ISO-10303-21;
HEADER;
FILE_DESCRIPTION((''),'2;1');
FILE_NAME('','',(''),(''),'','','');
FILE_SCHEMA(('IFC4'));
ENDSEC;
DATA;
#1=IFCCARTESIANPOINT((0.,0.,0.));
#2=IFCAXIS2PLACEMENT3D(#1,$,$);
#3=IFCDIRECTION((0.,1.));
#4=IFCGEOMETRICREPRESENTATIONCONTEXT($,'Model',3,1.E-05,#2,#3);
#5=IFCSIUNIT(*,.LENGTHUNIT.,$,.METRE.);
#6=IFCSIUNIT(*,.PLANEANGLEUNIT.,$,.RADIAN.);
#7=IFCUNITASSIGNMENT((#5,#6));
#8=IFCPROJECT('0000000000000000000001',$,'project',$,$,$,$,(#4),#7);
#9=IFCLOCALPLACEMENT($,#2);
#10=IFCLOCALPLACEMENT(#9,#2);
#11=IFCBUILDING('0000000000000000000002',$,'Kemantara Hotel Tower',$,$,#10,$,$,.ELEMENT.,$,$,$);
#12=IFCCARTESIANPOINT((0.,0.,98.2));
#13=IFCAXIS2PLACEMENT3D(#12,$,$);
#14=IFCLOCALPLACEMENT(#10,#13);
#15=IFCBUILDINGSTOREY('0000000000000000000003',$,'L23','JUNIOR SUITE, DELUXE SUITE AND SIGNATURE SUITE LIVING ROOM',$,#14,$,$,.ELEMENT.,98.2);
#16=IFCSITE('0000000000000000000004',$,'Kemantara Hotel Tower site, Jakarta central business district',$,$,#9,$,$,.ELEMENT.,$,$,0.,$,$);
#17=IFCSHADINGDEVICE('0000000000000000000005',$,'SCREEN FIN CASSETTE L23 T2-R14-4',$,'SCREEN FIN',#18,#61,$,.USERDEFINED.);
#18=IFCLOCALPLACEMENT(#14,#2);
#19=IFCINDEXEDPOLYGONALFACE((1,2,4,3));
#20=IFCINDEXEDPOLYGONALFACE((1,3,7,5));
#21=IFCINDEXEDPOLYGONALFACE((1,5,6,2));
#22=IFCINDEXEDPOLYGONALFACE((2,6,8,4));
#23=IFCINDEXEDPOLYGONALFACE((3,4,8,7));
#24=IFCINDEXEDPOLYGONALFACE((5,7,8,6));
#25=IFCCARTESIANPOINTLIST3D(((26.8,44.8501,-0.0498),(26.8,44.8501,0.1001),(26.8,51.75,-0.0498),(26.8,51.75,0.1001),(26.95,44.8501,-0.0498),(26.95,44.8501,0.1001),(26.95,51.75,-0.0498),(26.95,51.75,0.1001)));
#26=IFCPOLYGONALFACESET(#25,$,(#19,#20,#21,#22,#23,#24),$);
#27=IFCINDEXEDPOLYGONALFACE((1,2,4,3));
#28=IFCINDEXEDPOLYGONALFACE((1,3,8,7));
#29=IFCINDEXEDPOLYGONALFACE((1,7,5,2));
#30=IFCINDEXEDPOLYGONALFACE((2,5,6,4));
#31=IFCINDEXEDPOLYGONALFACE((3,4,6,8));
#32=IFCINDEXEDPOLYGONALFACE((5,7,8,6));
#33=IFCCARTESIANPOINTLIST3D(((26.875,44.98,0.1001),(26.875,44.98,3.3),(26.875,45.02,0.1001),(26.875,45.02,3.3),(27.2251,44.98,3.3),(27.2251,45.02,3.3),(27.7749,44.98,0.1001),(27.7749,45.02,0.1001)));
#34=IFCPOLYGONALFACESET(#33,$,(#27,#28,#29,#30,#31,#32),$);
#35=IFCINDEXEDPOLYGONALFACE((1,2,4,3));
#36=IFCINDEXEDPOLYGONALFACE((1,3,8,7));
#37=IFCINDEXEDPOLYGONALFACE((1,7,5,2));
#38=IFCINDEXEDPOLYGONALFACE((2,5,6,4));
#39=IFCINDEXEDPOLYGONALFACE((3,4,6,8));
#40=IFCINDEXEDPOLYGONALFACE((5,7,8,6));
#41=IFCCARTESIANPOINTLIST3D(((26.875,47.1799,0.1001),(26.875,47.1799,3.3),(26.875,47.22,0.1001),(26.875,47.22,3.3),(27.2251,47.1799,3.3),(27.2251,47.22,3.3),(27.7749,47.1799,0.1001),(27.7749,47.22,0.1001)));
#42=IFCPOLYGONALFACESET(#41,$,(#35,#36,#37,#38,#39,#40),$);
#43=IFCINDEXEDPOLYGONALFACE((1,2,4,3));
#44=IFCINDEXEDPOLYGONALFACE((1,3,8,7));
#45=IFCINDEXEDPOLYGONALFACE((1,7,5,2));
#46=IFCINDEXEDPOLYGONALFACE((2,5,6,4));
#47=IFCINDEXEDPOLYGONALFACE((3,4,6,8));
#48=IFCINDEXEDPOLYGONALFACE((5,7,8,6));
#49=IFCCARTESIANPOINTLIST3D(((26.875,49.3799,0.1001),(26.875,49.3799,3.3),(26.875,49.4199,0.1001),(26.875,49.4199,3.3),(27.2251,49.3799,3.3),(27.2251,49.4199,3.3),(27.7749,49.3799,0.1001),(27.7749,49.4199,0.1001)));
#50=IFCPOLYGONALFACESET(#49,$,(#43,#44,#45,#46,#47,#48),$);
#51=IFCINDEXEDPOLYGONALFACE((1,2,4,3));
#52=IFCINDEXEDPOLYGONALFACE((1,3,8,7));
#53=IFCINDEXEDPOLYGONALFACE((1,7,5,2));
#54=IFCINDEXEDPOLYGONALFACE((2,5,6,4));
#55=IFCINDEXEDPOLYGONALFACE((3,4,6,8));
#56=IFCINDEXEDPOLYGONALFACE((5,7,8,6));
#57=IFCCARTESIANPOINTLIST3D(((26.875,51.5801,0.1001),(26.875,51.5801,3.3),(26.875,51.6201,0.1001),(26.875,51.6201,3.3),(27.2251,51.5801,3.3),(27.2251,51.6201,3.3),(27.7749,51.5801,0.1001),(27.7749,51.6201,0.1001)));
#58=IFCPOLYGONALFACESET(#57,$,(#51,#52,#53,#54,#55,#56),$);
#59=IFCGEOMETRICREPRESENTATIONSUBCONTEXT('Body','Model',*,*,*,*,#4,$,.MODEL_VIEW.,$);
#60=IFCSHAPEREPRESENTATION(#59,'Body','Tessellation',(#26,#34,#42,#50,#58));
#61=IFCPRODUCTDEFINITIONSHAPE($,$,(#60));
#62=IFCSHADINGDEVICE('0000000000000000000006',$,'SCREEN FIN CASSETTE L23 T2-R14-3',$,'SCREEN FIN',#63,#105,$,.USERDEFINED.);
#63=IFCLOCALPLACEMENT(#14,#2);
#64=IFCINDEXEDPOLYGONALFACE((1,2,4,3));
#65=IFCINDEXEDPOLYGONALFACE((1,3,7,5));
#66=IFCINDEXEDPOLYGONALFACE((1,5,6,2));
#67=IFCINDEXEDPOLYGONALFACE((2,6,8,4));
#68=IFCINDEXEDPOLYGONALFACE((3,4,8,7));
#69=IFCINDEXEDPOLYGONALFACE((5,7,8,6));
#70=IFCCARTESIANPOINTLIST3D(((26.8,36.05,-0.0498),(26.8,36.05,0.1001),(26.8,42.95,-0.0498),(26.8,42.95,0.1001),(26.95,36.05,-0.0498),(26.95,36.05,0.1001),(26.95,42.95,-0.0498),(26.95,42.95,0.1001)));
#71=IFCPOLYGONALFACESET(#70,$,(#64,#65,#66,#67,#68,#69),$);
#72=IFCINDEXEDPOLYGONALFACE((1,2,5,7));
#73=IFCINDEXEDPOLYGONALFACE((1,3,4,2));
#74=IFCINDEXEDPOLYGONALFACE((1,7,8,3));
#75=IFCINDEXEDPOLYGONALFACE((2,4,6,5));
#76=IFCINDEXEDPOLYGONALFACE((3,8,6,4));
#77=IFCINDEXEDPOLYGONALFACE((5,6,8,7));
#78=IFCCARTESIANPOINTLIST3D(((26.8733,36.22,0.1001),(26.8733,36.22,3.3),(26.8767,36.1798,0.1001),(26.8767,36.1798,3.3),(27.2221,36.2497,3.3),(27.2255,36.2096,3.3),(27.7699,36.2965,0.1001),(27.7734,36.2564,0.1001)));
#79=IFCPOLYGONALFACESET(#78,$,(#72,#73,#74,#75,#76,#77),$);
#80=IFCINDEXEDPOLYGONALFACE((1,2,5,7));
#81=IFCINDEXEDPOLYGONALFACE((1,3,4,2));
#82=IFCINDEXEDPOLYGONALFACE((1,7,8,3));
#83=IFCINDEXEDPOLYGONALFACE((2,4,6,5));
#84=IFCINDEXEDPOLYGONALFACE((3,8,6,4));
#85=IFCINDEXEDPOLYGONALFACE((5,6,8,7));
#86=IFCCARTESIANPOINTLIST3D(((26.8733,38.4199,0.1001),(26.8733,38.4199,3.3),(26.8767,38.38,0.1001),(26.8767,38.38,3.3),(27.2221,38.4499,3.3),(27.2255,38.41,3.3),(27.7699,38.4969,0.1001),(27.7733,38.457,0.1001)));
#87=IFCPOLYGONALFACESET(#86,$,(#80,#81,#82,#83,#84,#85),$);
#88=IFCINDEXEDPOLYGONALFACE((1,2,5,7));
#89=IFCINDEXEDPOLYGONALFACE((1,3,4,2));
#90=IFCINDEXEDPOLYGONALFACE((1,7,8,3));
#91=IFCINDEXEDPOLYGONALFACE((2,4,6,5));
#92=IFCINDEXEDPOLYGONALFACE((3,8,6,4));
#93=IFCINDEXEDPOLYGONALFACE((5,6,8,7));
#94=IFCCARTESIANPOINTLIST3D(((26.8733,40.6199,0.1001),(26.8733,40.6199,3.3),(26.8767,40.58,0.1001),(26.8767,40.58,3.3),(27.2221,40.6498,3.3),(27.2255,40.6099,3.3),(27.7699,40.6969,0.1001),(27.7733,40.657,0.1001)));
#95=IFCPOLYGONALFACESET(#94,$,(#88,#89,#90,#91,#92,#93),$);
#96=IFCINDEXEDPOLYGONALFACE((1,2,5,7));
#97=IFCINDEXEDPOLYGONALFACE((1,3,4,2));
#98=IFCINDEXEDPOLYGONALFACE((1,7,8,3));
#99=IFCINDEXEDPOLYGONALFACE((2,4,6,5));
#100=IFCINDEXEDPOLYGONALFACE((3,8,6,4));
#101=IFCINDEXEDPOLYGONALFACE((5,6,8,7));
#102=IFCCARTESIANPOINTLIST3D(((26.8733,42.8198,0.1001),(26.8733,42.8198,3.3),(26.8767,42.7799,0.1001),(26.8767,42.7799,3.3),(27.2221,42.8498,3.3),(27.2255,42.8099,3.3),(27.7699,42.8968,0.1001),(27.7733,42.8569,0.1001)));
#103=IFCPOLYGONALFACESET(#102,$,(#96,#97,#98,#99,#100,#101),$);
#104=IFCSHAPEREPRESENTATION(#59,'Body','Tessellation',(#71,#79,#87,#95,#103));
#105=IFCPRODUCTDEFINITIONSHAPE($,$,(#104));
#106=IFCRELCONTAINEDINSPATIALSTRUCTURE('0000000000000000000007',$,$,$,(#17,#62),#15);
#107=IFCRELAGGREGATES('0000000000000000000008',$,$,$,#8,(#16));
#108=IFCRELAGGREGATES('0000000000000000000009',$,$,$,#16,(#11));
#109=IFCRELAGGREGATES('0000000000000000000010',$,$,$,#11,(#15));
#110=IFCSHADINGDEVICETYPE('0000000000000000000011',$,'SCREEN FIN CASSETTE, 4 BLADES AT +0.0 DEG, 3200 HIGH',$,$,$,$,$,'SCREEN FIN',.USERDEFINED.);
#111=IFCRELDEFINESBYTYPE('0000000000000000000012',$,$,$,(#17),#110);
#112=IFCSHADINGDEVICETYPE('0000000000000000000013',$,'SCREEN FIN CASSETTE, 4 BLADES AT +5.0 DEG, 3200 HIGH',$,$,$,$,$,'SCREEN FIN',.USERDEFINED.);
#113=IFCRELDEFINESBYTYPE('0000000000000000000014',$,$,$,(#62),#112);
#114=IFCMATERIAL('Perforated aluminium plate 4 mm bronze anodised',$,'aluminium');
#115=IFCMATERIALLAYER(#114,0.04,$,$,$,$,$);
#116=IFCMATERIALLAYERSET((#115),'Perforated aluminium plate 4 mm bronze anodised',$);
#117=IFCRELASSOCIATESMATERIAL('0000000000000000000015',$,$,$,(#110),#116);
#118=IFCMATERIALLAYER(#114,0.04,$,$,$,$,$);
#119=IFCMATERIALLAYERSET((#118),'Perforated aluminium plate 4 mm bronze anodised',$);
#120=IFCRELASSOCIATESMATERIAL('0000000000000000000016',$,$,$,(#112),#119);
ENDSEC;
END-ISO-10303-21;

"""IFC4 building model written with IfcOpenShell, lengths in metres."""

from ifc_helpers import new_model, si_unit, direction, frame, origin, origin_2d, place, context, subcontext, project, spatial, polyline, rectangle, outline, extrude, source, transform, mapped, material, layer, layer_set, type_object, element, save


model = new_model("IFC4")

# Units and contexts
model_context = context("Model", 3, precision=1e-05, world=origin(), true_north=direction((0.0, 1.0)))
body_context = subcontext(model_context, "Body", "Model", "MODEL_VIEW")
ifc_project = project(units=[si_unit("LENGTHUNIT", "METRE"), si_unit("PLANEANGLEUNIT", "RADIAN")], contexts=[model_context])

# Site, building, storey
site_placement = place(None, origin())
site = spatial("IfcSite", under=ifc_project, at=site_placement, Name="Kemantara Hotel Tower site, Jakarta central business district", CompositionType="ELEMENT", RefElevation=0.0)
building_placement = place(site_placement, origin())
building = spatial("IfcBuilding", under=site, at=building_placement, Name="Kemantara Hotel Tower", CompositionType="ELEMENT")
storey_placement = place(building_placement, frame((0.0, 0.0, 98.2)))
storey = spatial("IfcBuildingStorey", under=building, at=storey_placement, Name="L23", Description="JUNIOR SUITE, DELUXE SUITE AND SIGNATURE SUITE LIVING ROOM", CompositionType="ELEMENT", Elevation=98.2)

# Shading devices
ifc_material_1 = material(Name="Perforated aluminium plate 4 mm bronze anodised", Category="aluminium")
ifc_layer_1 = layer(ifc_material_1, 0.04)
ifc_layer_set_1 = layer_set([ifc_layer_1], Name="Perforated aluminium plate 4 mm bronze anodised")
shading_device_type_1 = type_object("IfcShadingDeviceType", Name="SCREEN FIN CASSETTE, 4 BLADES AT +0.0 DEG, 3200 HIGH", ElementType="SCREEN FIN", PredefinedType="USERDEFINED", material=ifc_layer_set_1)
shared_shape_1 = source(origin(), body_context, "Body", "SweptSolid", [
    extrude(rectangle(XDim=6.8999, YDim=0.1499, at=origin_2d()), frame((3.3, -0.075, -0.1499), z_axis=(0.0, 0.0, 1.0), x_axis=(1.0, 0.0, 0.0)), (0.0, 0.0, 1.0), 0.1499),
    extrude(outline(polyline([(0.0, 0.0), (0.8999, 0.0), (0.3501, 3.2), (0.0, 3.2), (0.0, 0.0)])), frame((0.02, -0.075, 0.0), z_axis=(-1.0, 0.0, 0.0), x_axis=(0.0, -1.0, 0.0)), (0.0, 0.0, 1.0), 0.04),
    extrude(outline(polyline([(0.0, 0.0), (0.8999, 0.0), (0.3501, 3.2), (0.0, 3.2), (0.0, 0.0)])), frame((2.22, -0.075, 0.0), z_axis=(-1.0, 0.0, 0.0), x_axis=(0.0, -1.0, 0.0)), (0.0, 0.0, 1.0), 0.04),
    extrude(outline(polyline([(0.0, 0.0), (0.8999, 0.0), (0.3501, 3.2), (0.0, 3.2), (0.0, 0.0)])), frame((4.4199, -0.075, 0.0), z_axis=(-1.0, 0.0, 0.0), x_axis=(0.0, -1.0, 0.0)), (0.0, 0.0, 1.0), 0.04),
    extrude(outline(polyline([(0.0, 0.0), (0.8999, 0.0), (0.3501, 3.2), (0.0, 3.2), (0.0, 0.0)])), frame((6.6201, -0.075, 0.0), z_axis=(-1.0, 0.0, 0.0), x_axis=(0.0, -1.0, 0.0)), (0.0, 0.0, 1.0), 0.04),
])
shading_device_1_placement = place(storey_placement, frame((26.8, 45.0, 0.1001), z_axis=(0.0, 0.0, 1.0), x_axis=(0.0, 1.0, 0.0)))
element("IfcShadingDevice", 1, at=shading_device_1_placement, inside=storey, type_object=shading_device_type_1, Name="SCREEN FIN CASSETTE L23 T2-R14-4", ObjectType="SCREEN FIN", PredefinedType="USERDEFINED", context=body_context, shape_type="MappedRepresentation", body=[
    mapped(shared_shape_1, transform((0.0, 0.0, 0.0))),
])
ifc_layer_2 = layer(ifc_material_1, 0.04)
ifc_layer_set_2 = layer_set([ifc_layer_2], Name="Perforated aluminium plate 4 mm bronze anodised")
shading_device_type_2 = type_object("IfcShadingDeviceType", Name="SCREEN FIN CASSETTE, 4 BLADES AT +5.0 DEG, 3200 HIGH", ElementType="SCREEN FIN", PredefinedType="USERDEFINED", material=ifc_layer_set_2)
shared_shape_2 = source(origin(), body_context, "Body", "SweptSolid", [
    extrude(rectangle(XDim=6.8999, YDim=0.1499, at=origin_2d()), frame((3.3, -0.075, -0.1499), z_axis=(0.0, 0.0, 1.0), x_axis=(1.0, 0.0, 0.0)), (0.0, 0.0, 1.0), 0.1499),
    extrude(outline(polyline([(0.0, 0.0), (0.8999, 0.0), (0.3501, 3.2), (0.0, 3.2), (0.0, 0.0)])), frame((0.02, -0.0732, 0.0), z_axis=(-0.996376, -0.085056, 0.0), x_axis=(0.085056, -0.996376, 0.0)), (0.0, 0.0, 1.0), 0.0403),
    extrude(outline(polyline([(0.0, 0.0), (0.8999, 0.0), (0.3501, 3.2), (0.0, 3.2), (0.0, 0.0)])), frame((2.22, -0.0732, 0.0), z_axis=(-0.996332, -0.085575, 0.0), x_axis=(0.085575, -0.996332, 0.0)), (0.0, 0.0, 1.0), 0.04),
    extrude(outline(polyline([(0.0, 0.0), (0.8999, 0.0), (0.3501, 3.2), (0.0, 3.2), (0.0, 0.0)])), frame((4.4199, -0.0732, 0.0), z_axis=(-0.996332, -0.085575, 0.0), x_axis=(0.085575, -0.996332, 0.0)), (0.0, 0.0, 1.0), 0.04),
    extrude(outline(polyline([(0.0, 0.0), (0.8999, 0.0), (0.3501, 3.2), (0.0, 3.2), (0.0, 0.0)])), frame((6.6199, -0.0732, 0.0), z_axis=(-0.996332, -0.085575, 0.0), x_axis=(0.085575, -0.996332, 0.0)), (0.0, 0.0, 1.0), 0.04),
])
shading_device_2_placement = place(storey_placement, frame((26.8, 36.2, 0.1001), z_axis=(0.0, 0.0, 1.0), x_axis=(0.0, 1.0, 0.0)))
element("IfcShadingDevice", 2, at=shading_device_2_placement, inside=storey, type_object=shading_device_type_2, Name="SCREEN FIN CASSETTE L23 T2-R14-3", ObjectType="SCREEN FIN", PredefinedType="USERDEFINED", context=body_context, shape_type="MappedRepresentation", body=[
    mapped(shared_shape_2, transform((0.0, 0.0, 0.0))),
])

save(model, "model.ifc")
